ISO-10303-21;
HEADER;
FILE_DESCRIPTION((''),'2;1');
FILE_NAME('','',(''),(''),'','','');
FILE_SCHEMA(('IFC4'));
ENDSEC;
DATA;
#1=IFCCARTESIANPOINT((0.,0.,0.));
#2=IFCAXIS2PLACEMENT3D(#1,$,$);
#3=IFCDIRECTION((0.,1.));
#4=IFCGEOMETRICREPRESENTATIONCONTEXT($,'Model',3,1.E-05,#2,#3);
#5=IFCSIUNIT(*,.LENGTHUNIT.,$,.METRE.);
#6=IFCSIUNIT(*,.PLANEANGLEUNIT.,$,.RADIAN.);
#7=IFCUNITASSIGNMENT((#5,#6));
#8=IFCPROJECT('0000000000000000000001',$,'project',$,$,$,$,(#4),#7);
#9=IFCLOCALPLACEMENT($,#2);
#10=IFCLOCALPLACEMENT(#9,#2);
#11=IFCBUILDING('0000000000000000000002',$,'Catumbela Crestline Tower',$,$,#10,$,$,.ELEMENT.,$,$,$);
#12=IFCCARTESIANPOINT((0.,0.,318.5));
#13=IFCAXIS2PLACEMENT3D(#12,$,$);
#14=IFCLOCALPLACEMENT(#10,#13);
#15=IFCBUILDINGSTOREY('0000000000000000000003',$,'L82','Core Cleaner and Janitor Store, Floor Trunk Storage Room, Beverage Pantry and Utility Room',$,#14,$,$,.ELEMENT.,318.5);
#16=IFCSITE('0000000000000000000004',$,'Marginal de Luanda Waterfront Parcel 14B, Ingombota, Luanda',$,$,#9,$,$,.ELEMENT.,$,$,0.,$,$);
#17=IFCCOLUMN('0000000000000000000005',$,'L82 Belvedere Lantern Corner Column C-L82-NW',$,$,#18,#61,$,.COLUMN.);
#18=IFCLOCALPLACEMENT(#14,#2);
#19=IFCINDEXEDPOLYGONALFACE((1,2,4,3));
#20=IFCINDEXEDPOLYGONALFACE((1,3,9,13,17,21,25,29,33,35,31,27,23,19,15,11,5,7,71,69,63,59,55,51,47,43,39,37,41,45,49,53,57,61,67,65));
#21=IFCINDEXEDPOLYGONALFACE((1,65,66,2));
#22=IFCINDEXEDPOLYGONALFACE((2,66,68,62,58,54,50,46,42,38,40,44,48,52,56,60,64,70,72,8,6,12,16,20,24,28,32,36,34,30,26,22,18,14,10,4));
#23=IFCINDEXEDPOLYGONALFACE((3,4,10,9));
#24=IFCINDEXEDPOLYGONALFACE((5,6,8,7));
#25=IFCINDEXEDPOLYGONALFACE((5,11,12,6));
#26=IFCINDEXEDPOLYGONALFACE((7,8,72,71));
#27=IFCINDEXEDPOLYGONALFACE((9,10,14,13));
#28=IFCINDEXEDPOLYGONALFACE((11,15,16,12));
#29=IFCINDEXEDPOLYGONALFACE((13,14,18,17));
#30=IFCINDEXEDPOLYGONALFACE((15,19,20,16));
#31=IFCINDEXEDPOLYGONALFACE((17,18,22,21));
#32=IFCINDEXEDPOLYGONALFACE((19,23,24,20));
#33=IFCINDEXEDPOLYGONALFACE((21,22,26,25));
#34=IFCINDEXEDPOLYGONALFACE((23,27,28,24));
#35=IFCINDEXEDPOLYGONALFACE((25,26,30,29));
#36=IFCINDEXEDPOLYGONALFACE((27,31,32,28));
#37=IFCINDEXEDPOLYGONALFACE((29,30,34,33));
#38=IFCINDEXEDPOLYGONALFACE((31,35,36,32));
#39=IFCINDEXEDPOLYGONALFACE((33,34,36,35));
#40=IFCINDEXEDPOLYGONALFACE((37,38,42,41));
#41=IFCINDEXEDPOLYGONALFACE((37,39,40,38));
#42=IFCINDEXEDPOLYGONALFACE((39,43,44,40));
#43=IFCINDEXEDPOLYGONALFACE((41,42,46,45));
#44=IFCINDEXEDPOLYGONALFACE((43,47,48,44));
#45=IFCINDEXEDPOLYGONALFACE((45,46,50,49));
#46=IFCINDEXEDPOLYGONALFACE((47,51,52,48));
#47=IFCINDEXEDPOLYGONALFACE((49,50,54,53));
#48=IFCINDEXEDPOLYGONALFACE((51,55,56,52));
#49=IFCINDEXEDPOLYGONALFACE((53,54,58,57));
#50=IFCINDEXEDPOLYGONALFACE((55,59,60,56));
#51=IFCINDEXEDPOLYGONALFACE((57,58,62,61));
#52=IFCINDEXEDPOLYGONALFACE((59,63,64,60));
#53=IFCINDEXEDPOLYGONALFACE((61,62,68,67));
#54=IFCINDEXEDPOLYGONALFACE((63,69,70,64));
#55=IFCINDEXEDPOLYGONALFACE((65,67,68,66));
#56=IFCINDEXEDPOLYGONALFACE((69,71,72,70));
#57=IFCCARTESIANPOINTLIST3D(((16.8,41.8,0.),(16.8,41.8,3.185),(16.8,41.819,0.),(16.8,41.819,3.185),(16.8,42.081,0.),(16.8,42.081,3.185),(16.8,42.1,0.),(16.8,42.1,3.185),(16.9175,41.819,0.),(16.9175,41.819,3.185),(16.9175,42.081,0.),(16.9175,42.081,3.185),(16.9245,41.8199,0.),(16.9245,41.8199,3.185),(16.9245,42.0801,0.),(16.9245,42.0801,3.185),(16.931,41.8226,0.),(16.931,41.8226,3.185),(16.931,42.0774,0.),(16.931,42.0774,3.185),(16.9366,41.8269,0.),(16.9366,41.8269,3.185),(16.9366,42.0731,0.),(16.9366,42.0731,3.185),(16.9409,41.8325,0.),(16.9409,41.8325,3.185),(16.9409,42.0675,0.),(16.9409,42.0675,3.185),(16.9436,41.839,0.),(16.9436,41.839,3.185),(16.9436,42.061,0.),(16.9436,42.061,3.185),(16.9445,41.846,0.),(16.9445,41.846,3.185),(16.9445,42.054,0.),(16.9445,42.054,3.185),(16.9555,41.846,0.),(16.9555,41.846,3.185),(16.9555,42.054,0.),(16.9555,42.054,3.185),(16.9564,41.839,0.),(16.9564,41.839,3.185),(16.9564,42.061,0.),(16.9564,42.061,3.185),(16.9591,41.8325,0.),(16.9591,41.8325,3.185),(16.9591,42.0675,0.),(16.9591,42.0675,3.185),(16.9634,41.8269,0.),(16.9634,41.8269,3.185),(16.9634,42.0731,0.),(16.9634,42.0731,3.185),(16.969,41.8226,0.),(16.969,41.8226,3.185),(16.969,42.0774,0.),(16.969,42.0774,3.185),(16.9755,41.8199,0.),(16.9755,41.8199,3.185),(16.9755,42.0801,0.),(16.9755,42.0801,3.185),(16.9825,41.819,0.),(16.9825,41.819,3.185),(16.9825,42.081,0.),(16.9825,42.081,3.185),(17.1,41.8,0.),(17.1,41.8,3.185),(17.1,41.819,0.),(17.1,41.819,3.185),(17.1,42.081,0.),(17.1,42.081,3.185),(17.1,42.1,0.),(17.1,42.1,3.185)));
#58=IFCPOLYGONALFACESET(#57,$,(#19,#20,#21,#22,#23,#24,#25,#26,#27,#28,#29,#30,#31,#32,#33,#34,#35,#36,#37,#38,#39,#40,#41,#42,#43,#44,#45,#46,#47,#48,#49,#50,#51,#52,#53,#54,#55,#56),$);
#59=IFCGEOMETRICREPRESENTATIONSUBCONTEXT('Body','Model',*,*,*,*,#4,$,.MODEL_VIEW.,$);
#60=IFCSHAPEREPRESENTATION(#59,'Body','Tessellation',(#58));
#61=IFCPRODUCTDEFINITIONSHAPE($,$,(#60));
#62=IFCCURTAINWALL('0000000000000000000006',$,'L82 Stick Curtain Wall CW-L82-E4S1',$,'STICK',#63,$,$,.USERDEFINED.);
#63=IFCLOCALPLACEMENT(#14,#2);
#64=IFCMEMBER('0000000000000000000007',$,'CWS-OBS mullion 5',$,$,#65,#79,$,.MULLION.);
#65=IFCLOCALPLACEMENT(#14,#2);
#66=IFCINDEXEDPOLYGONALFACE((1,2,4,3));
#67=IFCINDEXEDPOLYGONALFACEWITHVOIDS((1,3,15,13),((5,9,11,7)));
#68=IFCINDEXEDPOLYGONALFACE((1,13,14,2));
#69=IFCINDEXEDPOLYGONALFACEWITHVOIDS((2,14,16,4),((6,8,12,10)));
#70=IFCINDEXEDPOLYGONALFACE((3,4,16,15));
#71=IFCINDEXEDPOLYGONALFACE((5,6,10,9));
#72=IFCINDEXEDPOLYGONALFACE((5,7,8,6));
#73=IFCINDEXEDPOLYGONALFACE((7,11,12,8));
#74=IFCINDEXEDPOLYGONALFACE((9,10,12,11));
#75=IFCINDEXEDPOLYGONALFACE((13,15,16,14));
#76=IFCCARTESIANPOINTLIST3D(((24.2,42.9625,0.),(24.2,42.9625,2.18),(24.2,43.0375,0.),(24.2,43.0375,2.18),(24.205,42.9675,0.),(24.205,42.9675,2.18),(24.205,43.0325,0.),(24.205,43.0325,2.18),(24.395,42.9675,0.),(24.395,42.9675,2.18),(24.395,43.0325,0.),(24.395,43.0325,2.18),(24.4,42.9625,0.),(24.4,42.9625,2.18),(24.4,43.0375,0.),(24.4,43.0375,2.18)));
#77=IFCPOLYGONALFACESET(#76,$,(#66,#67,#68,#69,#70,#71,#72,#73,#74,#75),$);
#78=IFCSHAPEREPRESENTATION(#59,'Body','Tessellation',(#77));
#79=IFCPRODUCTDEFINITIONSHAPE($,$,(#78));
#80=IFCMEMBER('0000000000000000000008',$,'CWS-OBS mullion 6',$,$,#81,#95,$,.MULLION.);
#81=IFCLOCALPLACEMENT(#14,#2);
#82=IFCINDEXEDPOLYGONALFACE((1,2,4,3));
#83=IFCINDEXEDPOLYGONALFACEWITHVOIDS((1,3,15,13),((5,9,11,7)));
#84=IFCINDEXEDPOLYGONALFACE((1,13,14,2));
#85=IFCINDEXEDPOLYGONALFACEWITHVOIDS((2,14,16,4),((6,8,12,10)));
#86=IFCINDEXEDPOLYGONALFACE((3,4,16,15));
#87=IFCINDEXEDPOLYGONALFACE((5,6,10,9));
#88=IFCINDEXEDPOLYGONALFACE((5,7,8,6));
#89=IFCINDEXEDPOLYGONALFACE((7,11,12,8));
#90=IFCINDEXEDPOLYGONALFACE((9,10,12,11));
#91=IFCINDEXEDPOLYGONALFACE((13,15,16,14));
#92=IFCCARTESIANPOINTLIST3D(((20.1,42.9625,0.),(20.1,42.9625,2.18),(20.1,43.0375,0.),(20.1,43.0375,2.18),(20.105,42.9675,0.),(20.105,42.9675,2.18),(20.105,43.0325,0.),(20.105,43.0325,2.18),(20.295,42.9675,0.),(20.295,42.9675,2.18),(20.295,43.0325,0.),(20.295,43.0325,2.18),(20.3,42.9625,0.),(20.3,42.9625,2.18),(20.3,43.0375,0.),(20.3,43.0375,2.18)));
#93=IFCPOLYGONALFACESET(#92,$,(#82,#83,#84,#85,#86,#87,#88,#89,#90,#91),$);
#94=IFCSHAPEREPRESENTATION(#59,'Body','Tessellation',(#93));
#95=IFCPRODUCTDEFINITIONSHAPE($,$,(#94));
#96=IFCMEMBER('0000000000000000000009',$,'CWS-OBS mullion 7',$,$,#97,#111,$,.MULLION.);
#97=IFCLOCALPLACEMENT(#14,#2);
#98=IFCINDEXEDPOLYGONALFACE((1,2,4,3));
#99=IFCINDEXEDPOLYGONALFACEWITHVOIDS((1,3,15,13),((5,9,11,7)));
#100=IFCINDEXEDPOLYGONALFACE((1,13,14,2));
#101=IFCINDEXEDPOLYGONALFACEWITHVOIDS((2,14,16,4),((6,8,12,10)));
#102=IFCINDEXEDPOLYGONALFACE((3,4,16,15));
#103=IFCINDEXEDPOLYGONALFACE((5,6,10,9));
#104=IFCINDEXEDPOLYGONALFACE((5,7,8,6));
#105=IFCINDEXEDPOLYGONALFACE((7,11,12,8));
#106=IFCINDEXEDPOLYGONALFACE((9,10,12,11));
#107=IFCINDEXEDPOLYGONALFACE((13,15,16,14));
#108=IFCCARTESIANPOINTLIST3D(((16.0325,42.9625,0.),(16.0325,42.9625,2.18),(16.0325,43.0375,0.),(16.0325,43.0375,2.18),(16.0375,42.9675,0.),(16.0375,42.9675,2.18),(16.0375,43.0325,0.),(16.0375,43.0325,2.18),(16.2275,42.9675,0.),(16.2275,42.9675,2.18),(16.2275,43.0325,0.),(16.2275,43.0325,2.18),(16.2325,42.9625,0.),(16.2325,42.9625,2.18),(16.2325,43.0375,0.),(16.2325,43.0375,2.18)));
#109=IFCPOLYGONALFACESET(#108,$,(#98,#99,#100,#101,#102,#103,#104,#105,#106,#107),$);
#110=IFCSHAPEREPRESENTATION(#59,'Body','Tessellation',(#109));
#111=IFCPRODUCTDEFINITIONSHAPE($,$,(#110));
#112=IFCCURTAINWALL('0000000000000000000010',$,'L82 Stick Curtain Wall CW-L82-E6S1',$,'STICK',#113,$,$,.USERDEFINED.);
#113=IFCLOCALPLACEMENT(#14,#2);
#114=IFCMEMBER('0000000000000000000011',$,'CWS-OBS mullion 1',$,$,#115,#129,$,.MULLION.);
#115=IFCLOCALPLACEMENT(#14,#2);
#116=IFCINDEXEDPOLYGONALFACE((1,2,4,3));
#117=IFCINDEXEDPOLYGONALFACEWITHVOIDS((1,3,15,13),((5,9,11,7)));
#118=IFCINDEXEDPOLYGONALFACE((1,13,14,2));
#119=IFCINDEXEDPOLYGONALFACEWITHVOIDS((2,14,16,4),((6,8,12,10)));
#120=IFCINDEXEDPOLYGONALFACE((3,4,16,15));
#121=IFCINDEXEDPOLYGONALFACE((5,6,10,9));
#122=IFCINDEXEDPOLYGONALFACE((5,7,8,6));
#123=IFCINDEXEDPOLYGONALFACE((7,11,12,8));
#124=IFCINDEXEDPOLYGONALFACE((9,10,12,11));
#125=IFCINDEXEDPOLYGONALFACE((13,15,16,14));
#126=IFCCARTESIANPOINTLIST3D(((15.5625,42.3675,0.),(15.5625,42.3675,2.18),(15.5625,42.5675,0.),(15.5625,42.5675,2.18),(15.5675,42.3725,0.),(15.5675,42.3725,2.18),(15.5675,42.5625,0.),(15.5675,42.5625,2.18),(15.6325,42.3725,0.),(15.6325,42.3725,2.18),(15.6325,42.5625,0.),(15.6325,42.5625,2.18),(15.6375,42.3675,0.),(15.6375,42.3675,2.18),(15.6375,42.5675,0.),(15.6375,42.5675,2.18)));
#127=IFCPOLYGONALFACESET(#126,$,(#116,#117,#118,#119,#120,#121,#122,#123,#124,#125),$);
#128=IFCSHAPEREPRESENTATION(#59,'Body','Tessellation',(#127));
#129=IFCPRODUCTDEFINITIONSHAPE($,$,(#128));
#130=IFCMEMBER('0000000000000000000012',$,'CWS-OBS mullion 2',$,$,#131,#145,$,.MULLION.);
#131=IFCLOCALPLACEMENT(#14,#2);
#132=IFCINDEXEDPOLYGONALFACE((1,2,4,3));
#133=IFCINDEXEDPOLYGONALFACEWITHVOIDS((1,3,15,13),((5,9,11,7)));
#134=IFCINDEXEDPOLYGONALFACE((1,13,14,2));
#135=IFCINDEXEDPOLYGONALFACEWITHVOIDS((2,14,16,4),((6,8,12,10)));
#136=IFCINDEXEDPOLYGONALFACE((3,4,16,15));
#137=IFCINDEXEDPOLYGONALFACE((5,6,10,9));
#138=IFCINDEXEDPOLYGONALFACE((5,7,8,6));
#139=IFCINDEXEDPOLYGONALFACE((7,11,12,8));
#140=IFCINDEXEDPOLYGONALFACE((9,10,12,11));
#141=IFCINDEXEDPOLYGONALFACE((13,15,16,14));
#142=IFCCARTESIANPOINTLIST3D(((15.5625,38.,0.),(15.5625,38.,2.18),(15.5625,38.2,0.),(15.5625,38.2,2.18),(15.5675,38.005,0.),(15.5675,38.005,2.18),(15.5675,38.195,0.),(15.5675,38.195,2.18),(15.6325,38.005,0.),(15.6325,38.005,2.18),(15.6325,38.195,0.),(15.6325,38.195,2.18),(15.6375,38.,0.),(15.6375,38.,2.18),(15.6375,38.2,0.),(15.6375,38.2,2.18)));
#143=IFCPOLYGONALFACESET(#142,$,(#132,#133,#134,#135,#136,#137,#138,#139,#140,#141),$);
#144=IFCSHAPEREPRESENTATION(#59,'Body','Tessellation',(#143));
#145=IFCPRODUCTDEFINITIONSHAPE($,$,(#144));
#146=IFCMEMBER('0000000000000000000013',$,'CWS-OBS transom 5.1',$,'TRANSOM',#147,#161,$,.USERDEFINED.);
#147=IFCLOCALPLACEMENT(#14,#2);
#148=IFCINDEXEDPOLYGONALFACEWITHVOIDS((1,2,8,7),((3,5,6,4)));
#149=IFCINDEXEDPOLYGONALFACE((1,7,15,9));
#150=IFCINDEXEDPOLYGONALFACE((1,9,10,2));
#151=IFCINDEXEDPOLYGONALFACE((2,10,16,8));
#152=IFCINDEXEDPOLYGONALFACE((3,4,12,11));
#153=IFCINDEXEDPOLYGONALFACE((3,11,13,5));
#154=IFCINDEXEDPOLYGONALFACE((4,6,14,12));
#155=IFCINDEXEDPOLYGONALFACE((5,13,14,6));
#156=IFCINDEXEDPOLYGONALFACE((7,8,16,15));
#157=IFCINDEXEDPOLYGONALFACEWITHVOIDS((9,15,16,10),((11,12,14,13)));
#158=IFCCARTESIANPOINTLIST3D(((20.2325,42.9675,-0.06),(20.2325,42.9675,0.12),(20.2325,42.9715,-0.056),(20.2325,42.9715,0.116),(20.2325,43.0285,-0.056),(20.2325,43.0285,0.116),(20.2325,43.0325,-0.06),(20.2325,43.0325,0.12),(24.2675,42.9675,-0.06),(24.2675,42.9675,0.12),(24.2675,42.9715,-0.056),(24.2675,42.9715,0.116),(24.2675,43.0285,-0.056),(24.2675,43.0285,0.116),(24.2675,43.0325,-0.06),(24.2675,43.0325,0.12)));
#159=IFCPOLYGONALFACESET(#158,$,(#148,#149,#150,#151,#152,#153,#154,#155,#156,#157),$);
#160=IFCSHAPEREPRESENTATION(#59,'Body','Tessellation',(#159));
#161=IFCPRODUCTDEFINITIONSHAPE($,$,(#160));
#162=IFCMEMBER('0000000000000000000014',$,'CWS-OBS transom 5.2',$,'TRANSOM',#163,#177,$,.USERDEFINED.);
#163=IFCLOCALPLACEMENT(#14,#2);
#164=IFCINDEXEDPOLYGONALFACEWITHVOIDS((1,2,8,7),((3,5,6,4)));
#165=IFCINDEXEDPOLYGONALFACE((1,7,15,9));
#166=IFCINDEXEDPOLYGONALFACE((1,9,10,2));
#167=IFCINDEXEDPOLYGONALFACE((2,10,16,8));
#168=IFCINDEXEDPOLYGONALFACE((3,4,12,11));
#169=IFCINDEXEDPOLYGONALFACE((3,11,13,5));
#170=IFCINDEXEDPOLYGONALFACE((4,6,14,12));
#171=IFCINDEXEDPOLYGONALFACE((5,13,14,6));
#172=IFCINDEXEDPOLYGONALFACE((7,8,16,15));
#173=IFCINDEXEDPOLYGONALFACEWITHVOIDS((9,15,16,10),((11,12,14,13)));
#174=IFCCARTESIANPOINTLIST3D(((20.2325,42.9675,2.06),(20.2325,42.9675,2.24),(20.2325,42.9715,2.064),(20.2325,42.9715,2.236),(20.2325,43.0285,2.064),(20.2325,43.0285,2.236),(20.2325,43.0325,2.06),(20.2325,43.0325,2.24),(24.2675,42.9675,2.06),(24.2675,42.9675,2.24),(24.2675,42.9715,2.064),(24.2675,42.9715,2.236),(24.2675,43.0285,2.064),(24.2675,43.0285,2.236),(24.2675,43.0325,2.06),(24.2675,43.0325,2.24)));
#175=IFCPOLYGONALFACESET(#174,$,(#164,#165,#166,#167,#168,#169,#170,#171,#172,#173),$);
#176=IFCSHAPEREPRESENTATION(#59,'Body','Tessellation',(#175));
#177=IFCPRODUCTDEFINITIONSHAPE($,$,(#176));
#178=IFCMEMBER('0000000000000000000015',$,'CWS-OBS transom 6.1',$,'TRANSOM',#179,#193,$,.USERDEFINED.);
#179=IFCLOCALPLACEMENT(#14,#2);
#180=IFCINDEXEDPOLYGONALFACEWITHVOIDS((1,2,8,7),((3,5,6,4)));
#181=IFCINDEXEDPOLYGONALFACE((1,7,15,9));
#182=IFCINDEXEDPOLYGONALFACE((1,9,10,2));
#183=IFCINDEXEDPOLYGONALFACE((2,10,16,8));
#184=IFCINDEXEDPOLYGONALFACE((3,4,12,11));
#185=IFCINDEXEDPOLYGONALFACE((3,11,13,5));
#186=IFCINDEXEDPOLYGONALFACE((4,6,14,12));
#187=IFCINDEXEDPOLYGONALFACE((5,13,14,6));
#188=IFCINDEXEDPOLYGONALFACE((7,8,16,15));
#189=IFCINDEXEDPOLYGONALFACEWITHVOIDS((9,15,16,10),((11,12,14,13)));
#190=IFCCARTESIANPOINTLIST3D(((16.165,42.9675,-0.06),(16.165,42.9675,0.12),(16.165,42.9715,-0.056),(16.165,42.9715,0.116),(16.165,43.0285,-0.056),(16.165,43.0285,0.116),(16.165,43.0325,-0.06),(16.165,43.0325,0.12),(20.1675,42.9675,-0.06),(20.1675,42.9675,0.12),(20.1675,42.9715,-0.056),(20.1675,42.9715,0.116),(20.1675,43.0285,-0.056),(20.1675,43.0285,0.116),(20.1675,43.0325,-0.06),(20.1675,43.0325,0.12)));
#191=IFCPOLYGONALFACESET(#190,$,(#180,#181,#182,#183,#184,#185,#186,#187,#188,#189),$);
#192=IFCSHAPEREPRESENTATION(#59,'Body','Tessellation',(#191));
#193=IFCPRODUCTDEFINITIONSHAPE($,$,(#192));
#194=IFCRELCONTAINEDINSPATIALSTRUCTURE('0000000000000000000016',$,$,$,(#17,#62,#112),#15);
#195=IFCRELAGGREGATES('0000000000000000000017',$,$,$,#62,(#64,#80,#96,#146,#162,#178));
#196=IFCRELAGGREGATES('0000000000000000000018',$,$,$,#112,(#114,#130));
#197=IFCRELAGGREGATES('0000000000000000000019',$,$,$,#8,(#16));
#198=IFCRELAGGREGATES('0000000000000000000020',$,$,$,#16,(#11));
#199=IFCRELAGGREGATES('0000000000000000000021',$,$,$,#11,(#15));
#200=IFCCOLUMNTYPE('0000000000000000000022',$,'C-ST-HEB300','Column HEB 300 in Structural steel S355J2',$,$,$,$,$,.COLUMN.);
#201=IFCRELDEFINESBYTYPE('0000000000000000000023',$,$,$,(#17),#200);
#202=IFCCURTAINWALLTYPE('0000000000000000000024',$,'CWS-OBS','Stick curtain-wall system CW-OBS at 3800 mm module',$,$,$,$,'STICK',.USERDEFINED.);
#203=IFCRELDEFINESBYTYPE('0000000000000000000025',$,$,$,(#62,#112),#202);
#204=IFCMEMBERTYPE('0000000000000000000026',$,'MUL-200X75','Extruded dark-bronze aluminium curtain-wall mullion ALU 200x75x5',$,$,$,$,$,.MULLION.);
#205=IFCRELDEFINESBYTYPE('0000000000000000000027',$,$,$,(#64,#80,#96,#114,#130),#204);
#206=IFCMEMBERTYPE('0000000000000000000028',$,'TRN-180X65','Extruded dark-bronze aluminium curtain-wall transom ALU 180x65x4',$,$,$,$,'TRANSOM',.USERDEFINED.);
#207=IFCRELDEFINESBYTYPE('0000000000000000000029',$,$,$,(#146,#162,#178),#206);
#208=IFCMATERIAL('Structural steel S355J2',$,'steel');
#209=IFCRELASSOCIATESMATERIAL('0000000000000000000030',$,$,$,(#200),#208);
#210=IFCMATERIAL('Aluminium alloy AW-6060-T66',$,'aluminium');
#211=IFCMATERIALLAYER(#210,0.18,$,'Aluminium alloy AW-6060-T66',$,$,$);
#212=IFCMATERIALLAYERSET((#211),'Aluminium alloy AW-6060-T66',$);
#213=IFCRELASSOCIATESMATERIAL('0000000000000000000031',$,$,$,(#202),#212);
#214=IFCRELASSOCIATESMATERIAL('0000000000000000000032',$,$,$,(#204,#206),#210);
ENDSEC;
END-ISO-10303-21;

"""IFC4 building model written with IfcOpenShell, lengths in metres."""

from ifc_helpers import new_model, si_unit, direction, frame, origin, origin_2d, place, context, subcontext, project, spatial, hollow_rectangle, i_section, extrude, material, layer, layer_set, material_profile, profile_set, type_object, element, aggregate, save


model = new_model("IFC4")

# Units and contexts
model_context = context("Model", 3, precision=1e-05, world=origin(), true_north=direction((0.0, 1.0)))
body_context = subcontext(model_context, "Body", "Model", "MODEL_VIEW")
ifc_project = project(units=[si_unit("LENGTHUNIT", "METRE"), si_unit("PLANEANGLEUNIT", "RADIAN")], contexts=[model_context])

# Site, building, storey
site_placement = place(None, origin())
site = spatial("IfcSite", under=ifc_project, at=site_placement, Name="Marginal de Luanda Waterfront Parcel 14B, Ingombota, Luanda", CompositionType="ELEMENT", RefElevation=0.0)
building_placement = place(site_placement, origin())
building = spatial("IfcBuilding", under=site, at=building_placement, Name="Catumbela Crestline Tower", CompositionType="ELEMENT")
storey_placement = place(building_placement, frame((0.0, 0.0, 318.5)))
storey = spatial("IfcBuildingStorey", under=building, at=storey_placement, Name="L82", Description="Core Cleaner and Janitor Store, Floor Trunk Storage Room, Beverage Pantry and Utility Room", CompositionType="ELEMENT", Elevation=318.5)

# Column
ifc_material_1 = material(Name="Structural steel S355J2", Category="steel")
ifc_material_profile_1 = material_profile(ifc_material_1, i_section(OverallWidth=0.3, OverallDepth=0.3, WebThickness=0.011, FlangeThickness=0.019, FilletRadius=0.027, at=origin_2d()), Name="HEB 300")
ifc_profile_set_1 = profile_set([ifc_material_profile_1], Name="Structural steel S355J2")
column_type = type_object("IfcColumnType", Name="C-ST-HEB300", Description="Column HEB 300 in Structural steel S355J2", PredefinedType="COLUMN", material=ifc_profile_set_1)
column_placement = place(storey_placement, frame((16.95, 41.95, 0.0), z_axis=(0.0, 0.0, 1.0), x_axis=(1.0, 0.0, 0.0)))
element("IfcColumn", 1, at=column_placement, inside=storey, type_object=column_type, Name="L82 Belvedere Lantern Corner Column C-L82-NW", PredefinedType="COLUMN", context=body_context, shape_type="SweptSolid", body=[
    extrude(i_section(OverallWidth=0.3, OverallDepth=0.3, WebThickness=0.011, FlangeThickness=0.019, FilletRadius=0.027, at=origin_2d()), origin(), (0.0, 0.0, 1.0), 3.185),
])

# Curtain walls, members
ifc_material_2 = material(Name="Aluminium alloy AW-6060-T66", Category="aluminium")
ifc_layer_1 = layer(ifc_material_2, 0.18, Name="Aluminium alloy AW-6060-T66")
ifc_layer_set_1 = layer_set([ifc_layer_1], Name="Aluminium alloy AW-6060-T66")
curtain_wall_type = type_object("IfcCurtainWallType", Name="CWS-OBS", Description="Stick curtain-wall system CW-OBS at 3800 mm module", ElementType="STICK", PredefinedType="USERDEFINED", material=ifc_layer_set_1)
curtain_wall_1_placement = place(storey_placement, origin())
curtain_wall_1 = element("IfcCurtainWall", 2, at=curtain_wall_1_placement, inside=storey, type_object=curtain_wall_type, Name="L82 Stick Curtain Wall CW-L82-E4S1", ObjectType="STICK", PredefinedType="USERDEFINED")
ifc_material_profile_2 = material_profile(ifc_material_2, hollow_rectangle(XDim=0.075, YDim=0.2, WallThickness=0.005, at=origin_2d()), Name="ALU 200x75x5")
ifc_profile_set_2 = profile_set([ifc_material_profile_2], Name="Aluminium alloy AW-6060-T66")
member_type_1 = type_object("IfcMemberType", Name="MUL-200X75", Description="Extruded dark-bronze aluminium curtain-wall mullion ALU 200x75x5", PredefinedType="MULLION", material=ifc_profile_set_2)
member_1_placement = place(storey_placement, frame((24.3, 43.0, 0.0), z_axis=(0.0, 0.0, 1.0), x_axis=(0.0, -1.0, 0.0)))
member_1 = element("IfcMember", 3, at=member_1_placement, type_object=member_type_1, Name="CWS-OBS mullion 5", PredefinedType="MULLION", context=body_context, shape_type="SweptSolid", body=[
    extrude(hollow_rectangle(XDim=0.075, YDim=0.2, WallThickness=0.005, at=origin_2d()), origin(), (0.0, 0.0, 1.0), 2.18),
])
member_2_placement = place(storey_placement, frame((20.2, 43.0, 0.0), z_axis=(0.0, 0.0, 1.0), x_axis=(0.0, -1.0, 0.0)))
member_2 = element("IfcMember", 4, at=member_2_placement, type_object=member_type_1, Name="CWS-OBS mullion 6", PredefinedType="MULLION", context=body_context, shape_type="SweptSolid", body=[
    extrude(hollow_rectangle(XDim=0.075, YDim=0.2, WallThickness=0.005, at=origin_2d()), origin(), (0.0, 0.0, 1.0), 2.18),
])
member_3_placement = place(storey_placement, frame((16.1325, 43.0, 0.0), z_axis=(0.0, 0.0, 1.0), x_axis=(0.0, -1.0, 0.0)))
member_3 = element("IfcMember", 5, at=member_3_placement, type_object=member_type_1, Name="CWS-OBS mullion 7", PredefinedType="MULLION", context=body_context, shape_type="SweptSolid", body=[
    extrude(hollow_rectangle(XDim=0.075, YDim=0.2, WallThickness=0.005, at=origin_2d()), origin(), (0.0, 0.0, 1.0), 2.18),
])
curtain_wall_2_placement = place(storey_placement, origin())
curtain_wall_2 = element("IfcCurtainWall", 6, at=curtain_wall_2_placement, inside=storey, type_object=curtain_wall_type, Name="L82 Stick Curtain Wall CW-L82-E6S1", ObjectType="STICK", PredefinedType="USERDEFINED")
member_4_placement = place(storey_placement, frame((15.6, 42.4675, 0.0), z_axis=(0.0, 0.0, 1.0), x_axis=(1.0, 0.0, 0.0)))
member_4 = element("IfcMember", 7, at=member_4_placement, type_object=member_type_1, Name="CWS-OBS mullion 1", PredefinedType="MULLION", context=body_context, shape_type="SweptSolid", body=[
    extrude(hollow_rectangle(XDim=0.075, YDim=0.2, WallThickness=0.005, at=origin_2d()), origin(), (0.0, 0.0, 1.0), 2.18),
])
member_5_placement = place(storey_placement, frame((15.6, 38.1, 0.0), z_axis=(0.0, 0.0, 1.0), x_axis=(1.0, 0.0, 0.0)))
member_5 = element("IfcMember", 8, at=member_5_placement, type_object=member_type_1, Name="CWS-OBS mullion 2", PredefinedType="MULLION", context=body_context, shape_type="SweptSolid", body=[
    extrude(hollow_rectangle(XDim=0.075, YDim=0.2, WallThickness=0.005, at=origin_2d()), origin(), (0.0, 0.0, 1.0), 2.18),
])

# Members
ifc_material_profile_3 = material_profile(ifc_material_2, hollow_rectangle(XDim=0.065, YDim=0.18, WallThickness=0.004, at=origin_2d()), Name="ALU 180x65x4")
ifc_profile_set_3 = profile_set([ifc_material_profile_3], Name="Aluminium alloy AW-6060-T66")
member_type_2 = type_object("IfcMemberType", Name="TRN-180X65", Description="Extruded dark-bronze aluminium curtain-wall transom ALU 180x65x4", ElementType="TRANSOM", PredefinedType="USERDEFINED", material=ifc_profile_set_3)
member_6_placement = place(storey_placement, frame((24.2675, 43.0, 0.03), z_axis=(-1.0, 0.0, 0.0), x_axis=(0.0, -1.0, 0.0)))
member_6 = element("IfcMember", 9, at=member_6_placement, type_object=member_type_2, Name="CWS-OBS transom 5.1", ObjectType="TRANSOM", PredefinedType="USERDEFINED", context=body_context, shape_type="SweptSolid", body=[
    extrude(hollow_rectangle(XDim=0.065, YDim=0.18, WallThickness=0.004, at=origin_2d()), origin(), (0.0, 0.0, 1.0), 4.035),
])
member_7_placement = place(storey_placement, frame((24.2675, 43.0, 2.15), z_axis=(-1.0, 0.0, 0.0), x_axis=(0.0, -1.0, 0.0)))
member_7 = element("IfcMember", 10, at=member_7_placement, type_object=member_type_2, Name="CWS-OBS transom 5.2", ObjectType="TRANSOM", PredefinedType="USERDEFINED", context=body_context, shape_type="SweptSolid", body=[
    extrude(hollow_rectangle(XDim=0.065, YDim=0.18, WallThickness=0.004, at=origin_2d()), origin(), (0.0, 0.0, 1.0), 4.035),
])
member_8_placement = place(storey_placement, frame((20.1675, 43.0, 0.03), z_axis=(-1.0, 0.0, 0.0), x_axis=(0.0, -1.0, 0.0)))
member_8 = element("IfcMember", 11, at=member_8_placement, type_object=member_type_2, Name="CWS-OBS transom 6.1", ObjectType="TRANSOM", PredefinedType="USERDEFINED", context=body_context, shape_type="SweptSolid", body=[
    extrude(hollow_rectangle(XDim=0.065, YDim=0.18, WallThickness=0.004, at=origin_2d()), origin(), (0.0, 0.0, 1.0), 4.0025),
])

aggregate(curtain_wall_1, [member_1, member_2, member_3, member_6, member_7, member_8])
aggregate(curtain_wall_2, [member_4, member_5])

save(model, "model.ifc")
